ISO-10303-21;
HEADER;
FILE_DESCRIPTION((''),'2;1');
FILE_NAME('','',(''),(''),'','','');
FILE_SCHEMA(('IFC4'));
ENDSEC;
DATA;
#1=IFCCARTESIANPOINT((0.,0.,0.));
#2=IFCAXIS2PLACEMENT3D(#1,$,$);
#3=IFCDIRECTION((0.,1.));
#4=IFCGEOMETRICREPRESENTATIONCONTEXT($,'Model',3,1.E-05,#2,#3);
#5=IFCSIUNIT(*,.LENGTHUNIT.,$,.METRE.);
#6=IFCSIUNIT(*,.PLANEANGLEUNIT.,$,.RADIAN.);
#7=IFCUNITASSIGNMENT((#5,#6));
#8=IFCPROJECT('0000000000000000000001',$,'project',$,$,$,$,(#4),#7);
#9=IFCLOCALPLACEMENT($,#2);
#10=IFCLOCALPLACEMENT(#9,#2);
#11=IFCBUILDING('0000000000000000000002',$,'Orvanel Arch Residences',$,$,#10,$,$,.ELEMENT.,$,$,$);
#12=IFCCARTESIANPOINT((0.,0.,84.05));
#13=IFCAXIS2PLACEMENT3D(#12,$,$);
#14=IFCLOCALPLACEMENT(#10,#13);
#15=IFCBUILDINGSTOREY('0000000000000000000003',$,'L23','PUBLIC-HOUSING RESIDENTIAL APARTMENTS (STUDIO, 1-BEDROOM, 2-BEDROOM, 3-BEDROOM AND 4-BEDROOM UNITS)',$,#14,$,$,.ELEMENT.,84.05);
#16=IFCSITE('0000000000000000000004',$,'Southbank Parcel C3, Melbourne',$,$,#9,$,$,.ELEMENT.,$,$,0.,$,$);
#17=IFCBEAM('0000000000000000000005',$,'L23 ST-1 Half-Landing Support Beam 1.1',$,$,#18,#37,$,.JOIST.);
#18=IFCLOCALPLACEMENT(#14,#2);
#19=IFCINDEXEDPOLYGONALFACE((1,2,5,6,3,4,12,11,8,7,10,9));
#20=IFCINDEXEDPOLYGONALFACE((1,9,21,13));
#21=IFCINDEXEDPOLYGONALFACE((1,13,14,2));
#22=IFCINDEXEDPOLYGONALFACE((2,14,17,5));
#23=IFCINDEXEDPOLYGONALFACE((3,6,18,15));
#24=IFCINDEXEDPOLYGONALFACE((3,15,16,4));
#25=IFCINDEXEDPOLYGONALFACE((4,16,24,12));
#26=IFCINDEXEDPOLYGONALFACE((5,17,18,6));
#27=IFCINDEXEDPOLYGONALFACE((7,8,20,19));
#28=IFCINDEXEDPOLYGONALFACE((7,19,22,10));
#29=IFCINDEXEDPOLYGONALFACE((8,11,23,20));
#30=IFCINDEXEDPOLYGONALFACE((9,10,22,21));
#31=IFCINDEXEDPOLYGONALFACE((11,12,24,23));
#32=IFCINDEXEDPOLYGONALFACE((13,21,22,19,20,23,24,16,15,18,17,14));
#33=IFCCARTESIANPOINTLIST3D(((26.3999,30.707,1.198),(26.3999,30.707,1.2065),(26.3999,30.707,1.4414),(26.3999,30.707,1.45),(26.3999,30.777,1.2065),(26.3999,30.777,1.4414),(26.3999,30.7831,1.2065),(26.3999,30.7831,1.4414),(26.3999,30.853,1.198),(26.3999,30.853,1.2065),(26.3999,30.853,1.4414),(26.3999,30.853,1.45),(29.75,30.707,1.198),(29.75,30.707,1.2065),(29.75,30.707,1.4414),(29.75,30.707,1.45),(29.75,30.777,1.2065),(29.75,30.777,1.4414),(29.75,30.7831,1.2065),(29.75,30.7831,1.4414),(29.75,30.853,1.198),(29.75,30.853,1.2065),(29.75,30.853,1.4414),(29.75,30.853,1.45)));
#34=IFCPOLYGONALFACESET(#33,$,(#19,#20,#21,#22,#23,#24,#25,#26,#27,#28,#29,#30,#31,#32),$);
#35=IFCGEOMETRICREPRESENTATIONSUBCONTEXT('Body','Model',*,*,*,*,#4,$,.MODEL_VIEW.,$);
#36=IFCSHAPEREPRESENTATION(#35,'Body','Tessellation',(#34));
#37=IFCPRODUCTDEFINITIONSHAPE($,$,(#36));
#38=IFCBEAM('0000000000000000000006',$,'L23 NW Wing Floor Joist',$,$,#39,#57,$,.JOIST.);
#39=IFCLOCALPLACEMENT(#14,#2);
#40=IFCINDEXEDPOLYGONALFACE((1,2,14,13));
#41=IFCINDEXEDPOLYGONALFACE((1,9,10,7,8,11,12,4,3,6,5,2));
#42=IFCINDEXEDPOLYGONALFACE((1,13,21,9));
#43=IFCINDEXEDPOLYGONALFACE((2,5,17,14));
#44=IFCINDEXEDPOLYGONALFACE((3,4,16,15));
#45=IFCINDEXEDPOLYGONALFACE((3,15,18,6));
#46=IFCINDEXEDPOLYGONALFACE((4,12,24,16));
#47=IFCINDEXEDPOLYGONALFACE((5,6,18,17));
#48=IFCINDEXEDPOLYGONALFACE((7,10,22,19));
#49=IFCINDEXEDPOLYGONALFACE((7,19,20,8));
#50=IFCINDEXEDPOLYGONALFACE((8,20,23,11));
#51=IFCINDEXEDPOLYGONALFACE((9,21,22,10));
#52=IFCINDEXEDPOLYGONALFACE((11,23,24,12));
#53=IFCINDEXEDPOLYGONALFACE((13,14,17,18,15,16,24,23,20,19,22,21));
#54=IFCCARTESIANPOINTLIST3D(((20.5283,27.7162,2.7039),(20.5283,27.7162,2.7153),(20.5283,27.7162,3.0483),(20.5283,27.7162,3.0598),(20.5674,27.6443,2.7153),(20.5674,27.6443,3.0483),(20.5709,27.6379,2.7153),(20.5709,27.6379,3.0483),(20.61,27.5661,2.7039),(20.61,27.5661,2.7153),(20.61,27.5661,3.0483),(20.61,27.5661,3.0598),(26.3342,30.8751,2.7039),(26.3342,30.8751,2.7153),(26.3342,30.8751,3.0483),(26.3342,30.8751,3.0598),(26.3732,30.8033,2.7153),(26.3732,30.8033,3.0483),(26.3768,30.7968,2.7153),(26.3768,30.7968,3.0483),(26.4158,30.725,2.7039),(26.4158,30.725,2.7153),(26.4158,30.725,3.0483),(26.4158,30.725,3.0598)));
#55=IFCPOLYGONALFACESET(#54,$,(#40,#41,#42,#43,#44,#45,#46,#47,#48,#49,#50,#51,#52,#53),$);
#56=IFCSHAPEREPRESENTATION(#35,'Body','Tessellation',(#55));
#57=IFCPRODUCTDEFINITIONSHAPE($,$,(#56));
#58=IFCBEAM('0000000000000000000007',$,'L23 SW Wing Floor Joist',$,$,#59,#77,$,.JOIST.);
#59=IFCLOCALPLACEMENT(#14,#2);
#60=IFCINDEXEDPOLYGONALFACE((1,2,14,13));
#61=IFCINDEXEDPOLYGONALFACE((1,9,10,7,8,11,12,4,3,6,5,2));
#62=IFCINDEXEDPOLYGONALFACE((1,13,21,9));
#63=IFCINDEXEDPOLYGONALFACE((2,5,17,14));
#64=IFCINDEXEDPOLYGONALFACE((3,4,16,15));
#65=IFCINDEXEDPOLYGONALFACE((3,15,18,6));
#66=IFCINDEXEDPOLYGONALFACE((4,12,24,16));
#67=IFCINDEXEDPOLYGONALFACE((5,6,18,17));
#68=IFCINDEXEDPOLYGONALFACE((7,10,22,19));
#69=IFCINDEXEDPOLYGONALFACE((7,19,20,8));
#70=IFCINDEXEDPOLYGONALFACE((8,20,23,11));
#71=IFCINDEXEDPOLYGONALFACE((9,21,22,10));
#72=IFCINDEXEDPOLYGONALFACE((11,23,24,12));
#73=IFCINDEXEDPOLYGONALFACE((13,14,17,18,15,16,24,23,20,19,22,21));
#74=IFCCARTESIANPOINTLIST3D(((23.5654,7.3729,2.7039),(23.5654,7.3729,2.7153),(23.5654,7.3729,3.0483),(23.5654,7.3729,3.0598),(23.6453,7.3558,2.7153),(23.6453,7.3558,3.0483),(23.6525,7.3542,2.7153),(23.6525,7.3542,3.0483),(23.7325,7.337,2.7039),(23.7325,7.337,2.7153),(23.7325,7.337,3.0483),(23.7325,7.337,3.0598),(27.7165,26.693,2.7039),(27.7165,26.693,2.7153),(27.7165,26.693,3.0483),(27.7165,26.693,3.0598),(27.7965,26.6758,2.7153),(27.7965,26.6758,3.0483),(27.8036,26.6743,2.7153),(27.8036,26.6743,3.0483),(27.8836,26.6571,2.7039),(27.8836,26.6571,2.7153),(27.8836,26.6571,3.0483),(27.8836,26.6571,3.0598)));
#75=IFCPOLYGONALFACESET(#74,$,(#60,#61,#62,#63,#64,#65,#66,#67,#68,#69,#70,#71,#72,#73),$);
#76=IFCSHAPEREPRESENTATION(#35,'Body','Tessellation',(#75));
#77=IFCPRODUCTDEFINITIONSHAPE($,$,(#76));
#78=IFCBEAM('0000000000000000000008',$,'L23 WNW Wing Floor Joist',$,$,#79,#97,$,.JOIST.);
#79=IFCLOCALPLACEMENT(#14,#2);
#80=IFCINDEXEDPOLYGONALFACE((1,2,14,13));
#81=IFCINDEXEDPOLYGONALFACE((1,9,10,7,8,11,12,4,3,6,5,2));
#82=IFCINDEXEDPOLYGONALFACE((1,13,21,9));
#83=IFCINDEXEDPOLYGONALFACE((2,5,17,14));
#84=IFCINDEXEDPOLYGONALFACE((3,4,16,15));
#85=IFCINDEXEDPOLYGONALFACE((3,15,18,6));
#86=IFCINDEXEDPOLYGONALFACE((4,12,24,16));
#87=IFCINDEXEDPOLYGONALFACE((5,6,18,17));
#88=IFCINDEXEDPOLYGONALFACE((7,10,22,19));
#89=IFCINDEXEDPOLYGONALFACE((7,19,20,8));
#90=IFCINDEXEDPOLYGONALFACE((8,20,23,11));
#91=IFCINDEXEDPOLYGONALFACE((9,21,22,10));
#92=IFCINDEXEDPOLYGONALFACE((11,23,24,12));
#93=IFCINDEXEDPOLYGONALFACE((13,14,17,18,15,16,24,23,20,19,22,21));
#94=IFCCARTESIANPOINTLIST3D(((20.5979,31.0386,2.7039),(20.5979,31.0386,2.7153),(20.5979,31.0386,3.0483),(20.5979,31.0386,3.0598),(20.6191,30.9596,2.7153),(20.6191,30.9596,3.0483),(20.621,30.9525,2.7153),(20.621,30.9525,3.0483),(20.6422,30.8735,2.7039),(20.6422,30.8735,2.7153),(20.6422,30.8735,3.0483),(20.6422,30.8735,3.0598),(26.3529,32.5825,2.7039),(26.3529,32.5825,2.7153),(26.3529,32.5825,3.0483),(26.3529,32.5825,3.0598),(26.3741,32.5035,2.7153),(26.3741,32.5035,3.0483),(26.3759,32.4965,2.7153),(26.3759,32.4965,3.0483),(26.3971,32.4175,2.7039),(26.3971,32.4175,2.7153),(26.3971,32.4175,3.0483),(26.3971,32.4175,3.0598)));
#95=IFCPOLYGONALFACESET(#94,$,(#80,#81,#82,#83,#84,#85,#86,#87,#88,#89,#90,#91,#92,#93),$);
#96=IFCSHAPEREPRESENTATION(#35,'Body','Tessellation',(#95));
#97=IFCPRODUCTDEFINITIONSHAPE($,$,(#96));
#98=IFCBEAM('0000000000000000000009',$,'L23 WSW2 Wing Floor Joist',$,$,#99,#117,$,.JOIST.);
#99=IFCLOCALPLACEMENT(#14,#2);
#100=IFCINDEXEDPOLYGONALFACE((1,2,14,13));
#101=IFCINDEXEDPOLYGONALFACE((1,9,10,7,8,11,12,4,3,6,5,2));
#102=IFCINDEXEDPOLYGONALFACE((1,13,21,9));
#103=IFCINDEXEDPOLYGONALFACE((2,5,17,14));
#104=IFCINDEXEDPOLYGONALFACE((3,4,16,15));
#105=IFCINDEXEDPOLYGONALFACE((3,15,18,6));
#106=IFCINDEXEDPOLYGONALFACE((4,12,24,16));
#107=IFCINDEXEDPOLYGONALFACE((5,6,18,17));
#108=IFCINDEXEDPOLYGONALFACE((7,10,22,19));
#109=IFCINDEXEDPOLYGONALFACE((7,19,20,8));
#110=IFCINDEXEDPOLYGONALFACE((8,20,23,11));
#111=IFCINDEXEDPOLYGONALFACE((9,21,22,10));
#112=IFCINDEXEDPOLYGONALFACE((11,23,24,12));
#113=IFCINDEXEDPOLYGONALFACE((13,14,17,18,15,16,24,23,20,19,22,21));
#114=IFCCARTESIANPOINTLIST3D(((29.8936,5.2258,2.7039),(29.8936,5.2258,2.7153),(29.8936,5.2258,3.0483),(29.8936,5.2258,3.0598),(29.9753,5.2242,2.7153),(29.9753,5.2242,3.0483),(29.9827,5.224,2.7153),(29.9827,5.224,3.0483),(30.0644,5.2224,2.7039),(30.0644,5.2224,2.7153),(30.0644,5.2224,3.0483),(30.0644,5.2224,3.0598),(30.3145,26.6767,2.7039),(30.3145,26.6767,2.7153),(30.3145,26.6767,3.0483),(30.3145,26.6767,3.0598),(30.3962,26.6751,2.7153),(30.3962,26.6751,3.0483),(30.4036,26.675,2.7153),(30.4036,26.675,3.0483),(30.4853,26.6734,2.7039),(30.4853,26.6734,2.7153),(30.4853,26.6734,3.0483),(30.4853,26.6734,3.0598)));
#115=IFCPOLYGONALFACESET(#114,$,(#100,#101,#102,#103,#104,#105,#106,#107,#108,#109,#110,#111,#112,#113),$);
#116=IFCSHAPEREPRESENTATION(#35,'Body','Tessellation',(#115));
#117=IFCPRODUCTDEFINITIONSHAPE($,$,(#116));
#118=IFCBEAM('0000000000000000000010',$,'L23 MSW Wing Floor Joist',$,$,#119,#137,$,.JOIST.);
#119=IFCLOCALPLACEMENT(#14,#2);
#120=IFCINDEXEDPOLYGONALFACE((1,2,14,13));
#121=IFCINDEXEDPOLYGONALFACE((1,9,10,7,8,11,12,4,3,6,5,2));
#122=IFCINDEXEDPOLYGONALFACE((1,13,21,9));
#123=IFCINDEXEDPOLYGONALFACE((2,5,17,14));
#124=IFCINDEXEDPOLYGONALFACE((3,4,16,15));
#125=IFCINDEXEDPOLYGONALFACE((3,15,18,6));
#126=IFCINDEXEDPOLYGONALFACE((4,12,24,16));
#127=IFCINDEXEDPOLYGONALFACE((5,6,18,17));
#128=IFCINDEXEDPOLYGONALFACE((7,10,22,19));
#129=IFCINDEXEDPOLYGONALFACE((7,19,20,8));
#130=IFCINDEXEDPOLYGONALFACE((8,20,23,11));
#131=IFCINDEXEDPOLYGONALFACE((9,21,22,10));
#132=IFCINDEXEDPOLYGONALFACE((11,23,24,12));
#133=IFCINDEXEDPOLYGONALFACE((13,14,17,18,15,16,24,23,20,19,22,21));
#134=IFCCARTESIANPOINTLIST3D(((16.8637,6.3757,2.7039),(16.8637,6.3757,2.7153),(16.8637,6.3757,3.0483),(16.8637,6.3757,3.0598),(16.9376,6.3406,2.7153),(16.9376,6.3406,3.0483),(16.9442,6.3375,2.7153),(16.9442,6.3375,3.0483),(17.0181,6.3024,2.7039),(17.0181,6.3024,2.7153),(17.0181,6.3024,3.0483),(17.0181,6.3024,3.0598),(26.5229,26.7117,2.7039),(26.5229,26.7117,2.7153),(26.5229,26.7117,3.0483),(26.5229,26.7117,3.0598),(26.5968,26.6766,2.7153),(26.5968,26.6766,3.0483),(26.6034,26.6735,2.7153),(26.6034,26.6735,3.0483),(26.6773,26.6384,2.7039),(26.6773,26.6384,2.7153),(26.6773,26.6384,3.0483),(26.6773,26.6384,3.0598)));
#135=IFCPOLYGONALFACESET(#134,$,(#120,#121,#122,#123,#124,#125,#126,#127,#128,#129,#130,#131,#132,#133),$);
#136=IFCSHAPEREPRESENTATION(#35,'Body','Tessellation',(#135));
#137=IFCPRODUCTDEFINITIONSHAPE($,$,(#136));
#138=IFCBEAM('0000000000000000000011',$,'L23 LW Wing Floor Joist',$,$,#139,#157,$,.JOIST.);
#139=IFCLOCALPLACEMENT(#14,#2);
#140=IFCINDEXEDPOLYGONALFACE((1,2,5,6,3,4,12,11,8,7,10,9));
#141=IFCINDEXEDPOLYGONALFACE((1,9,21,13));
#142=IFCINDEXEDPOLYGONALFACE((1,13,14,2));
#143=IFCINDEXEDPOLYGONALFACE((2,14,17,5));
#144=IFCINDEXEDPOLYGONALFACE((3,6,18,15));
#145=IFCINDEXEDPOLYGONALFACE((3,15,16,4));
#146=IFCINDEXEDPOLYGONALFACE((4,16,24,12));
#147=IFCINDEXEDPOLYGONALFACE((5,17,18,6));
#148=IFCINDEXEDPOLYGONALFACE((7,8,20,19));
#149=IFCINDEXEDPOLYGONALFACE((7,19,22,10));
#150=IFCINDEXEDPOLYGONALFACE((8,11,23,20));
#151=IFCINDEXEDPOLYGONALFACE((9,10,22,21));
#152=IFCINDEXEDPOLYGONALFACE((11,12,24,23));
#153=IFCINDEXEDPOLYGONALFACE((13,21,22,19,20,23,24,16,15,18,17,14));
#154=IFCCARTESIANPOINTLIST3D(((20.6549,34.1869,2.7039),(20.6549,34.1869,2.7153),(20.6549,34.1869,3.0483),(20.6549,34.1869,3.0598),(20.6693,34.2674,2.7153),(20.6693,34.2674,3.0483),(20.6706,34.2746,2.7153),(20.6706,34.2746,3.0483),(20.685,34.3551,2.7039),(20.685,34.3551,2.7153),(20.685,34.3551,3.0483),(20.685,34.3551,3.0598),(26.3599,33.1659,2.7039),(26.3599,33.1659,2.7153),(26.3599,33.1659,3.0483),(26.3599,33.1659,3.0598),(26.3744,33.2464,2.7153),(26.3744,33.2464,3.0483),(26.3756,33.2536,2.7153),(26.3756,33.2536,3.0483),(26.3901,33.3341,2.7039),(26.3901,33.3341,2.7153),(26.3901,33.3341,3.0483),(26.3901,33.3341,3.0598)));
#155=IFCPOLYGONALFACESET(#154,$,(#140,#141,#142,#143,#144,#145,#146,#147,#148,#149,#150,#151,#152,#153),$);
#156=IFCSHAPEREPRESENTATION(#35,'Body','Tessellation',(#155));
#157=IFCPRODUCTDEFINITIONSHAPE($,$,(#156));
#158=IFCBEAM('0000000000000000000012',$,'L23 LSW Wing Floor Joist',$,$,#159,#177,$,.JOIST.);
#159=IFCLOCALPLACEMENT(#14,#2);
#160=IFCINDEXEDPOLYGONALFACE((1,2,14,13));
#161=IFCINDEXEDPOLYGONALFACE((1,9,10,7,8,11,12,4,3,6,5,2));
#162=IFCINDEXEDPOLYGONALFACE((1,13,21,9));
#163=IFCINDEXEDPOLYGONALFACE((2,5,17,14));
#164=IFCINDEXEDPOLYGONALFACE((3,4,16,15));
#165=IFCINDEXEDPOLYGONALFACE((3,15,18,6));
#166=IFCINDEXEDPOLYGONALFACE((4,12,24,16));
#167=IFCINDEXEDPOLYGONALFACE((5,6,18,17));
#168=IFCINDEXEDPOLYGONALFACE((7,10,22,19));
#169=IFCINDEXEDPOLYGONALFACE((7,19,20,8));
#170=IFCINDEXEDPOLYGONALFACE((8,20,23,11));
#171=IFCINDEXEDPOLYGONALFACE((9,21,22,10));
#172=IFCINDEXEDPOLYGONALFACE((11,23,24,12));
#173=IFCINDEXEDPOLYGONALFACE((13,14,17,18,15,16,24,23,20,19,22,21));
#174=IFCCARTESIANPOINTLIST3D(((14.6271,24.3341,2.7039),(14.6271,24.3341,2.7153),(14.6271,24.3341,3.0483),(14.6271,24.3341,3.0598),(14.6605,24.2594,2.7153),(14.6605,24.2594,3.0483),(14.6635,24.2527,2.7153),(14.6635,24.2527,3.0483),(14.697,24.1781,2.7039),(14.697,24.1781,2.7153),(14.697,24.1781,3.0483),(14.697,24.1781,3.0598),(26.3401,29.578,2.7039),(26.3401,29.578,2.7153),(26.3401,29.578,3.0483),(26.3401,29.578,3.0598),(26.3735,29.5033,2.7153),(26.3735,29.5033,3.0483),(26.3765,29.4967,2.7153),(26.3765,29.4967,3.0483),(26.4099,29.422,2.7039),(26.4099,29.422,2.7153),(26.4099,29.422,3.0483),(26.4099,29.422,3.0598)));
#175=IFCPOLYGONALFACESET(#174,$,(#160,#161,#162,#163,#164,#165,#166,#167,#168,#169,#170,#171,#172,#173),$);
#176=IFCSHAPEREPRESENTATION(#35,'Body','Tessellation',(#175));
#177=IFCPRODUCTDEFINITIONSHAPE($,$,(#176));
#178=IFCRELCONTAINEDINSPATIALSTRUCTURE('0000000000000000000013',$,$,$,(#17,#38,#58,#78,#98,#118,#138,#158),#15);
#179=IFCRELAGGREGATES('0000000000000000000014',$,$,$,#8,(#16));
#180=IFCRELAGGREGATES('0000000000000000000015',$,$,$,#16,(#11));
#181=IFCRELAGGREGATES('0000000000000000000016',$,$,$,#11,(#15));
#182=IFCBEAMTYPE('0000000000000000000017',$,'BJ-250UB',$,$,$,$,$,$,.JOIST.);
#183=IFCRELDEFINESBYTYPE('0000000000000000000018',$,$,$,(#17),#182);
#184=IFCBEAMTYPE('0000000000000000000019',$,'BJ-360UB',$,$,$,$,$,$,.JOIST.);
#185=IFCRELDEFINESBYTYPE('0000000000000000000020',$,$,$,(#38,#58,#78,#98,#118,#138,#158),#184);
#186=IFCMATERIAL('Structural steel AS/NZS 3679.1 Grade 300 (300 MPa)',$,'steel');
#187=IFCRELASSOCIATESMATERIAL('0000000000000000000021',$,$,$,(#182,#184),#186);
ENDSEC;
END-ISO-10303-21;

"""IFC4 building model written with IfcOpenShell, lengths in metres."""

from ifc_helpers import new_model, si_unit, direction, frame, origin, origin_2d, place, context, subcontext, project, spatial, i_section, extrude, material, material_profile, profile_set, type_object, element, save


model = new_model("IFC4")

# Units and contexts
model_context = context("Model", 3, precision=1e-05, world=origin(), true_north=direction((0.0, 1.0)))
body_context = subcontext(model_context, "Body", "Model", "MODEL_VIEW")
ifc_project = project(units=[si_unit("LENGTHUNIT", "METRE"), si_unit("PLANEANGLEUNIT", "RADIAN")], contexts=[model_context])

# Site, building, storey
site_placement = place(None, origin())
site = spatial("IfcSite", under=ifc_project, at=site_placement, Name="Southbank Parcel C3, Melbourne", CompositionType="ELEMENT", RefElevation=0.0)
building_placement = place(site_placement, origin())
building = spatial("IfcBuilding", under=site, at=building_placement, Name="Orvanel Arch Residences", CompositionType="ELEMENT")
storey_placement = place(building_placement, frame((0.0, 0.0, 84.05)))
storey = spatial("IfcBuildingStorey", under=building, at=storey_placement, Name="L23", Description="PUBLIC-HOUSING RESIDENTIAL APARTMENTS (STUDIO, 1-BEDROOM, 2-BEDROOM, 3-BEDROOM AND 4-BEDROOM UNITS)", CompositionType="ELEMENT", Elevation=84.05)

# Beams
ifc_material_1 = material(Name="Structural steel AS/NZS 3679.1 Grade 300 (300 MPa)", Category="steel")
ifc_material_profile_1 = material_profile(ifc_material_1, i_section(OverallWidth=0.146, OverallDepth=0.252, WebThickness=0.0061, FlangeThickness=0.0085, at=origin_2d()), Name="250UB31.4")
ifc_profile_set_1 = profile_set([ifc_material_profile_1], Name="Structural steel AS/NZS 3679.1 Grade 300 (300 MPa)")
beam_type_1 = type_object("IfcBeamType", Name="BJ-250UB", PredefinedType="JOIST", material=ifc_profile_set_1)
beam_1_placement = place(storey_placement, frame((26.3999, 30.78, 1.324), z_axis=(1.0, 0.0, 0.0), x_axis=(0.0, 1.0, 0.0)))
element("IfcBeam", 1, at=beam_1_placement, inside=storey, type_object=beam_type_1, Name="L23 ST-1 Half-Landing Support Beam 1.1", PredefinedType="JOIST", context=body_context, shape_type="SweptSolid", body=[
    extrude(i_section(OverallWidth=0.146, OverallDepth=0.252, WebThickness=0.0061, FlangeThickness=0.0085, at=origin_2d()), origin(), (0.0, 0.0, 1.0), 3.3501),
])
ifc_material_profile_2 = material_profile(ifc_material_1, i_section(OverallWidth=0.1709, OverallDepth=0.356, WebThickness=0.0073, FlangeThickness=0.0115, at=origin_2d()), Name="360UB50.7")
ifc_profile_set_2 = profile_set([ifc_material_profile_2], Name="Structural steel AS/NZS 3679.1 Grade 300 (300 MPa)")
beam_type_2 = type_object("IfcBeamType", Name="BJ-360UB", PredefinedType="JOIST", material=ifc_profile_set_2)
beam_2_placement = place(storey_placement, frame((26.375, 30.8, 2.8818), z_axis=(-0.878399, -0.477928, 0.0), x_axis=(0.477928, -0.878399, 0.0)))
element("IfcBeam", 2, at=beam_2_placement, inside=storey, type_object=beam_type_2, Name="L23 NW Wing Floor Joist", PredefinedType="JOIST", context=body_context, shape_type="SweptSolid", body=[
    extrude(i_section(OverallWidth=0.1709, OverallDepth=0.356, WebThickness=0.0073, FlangeThickness=0.0115, at=origin_2d()), origin(), (0.0, 0.0, 1.0), 6.6096),
])
beam_3_placement = place(storey_placement, frame((27.8, 26.675, 2.8818), z_axis=(-0.210067, -0.977687, 0.0), x_axis=(0.977687, -0.210067, 0.0)))
element("IfcBeam", 3, at=beam_3_placement, inside=storey, type_object=beam_type_2, Name="L23 SW Wing Floor Joist", PredefinedType="JOIST", context=body_context, shape_type="SweptSolid", body=[
    extrude(i_section(OverallWidth=0.1709, OverallDepth=0.356, WebThickness=0.0073, FlangeThickness=0.0115, at=origin_2d()), origin(), (0.0, 0.0, 1.0), 19.761),
])
beam_4_placement = place(storey_placement, frame((26.375, 32.5, 2.8818), z_axis=(-0.965845, -0.259121, 0.0), x_axis=(0.259121, -0.965845, 0.0)))
element("IfcBeam", 4, at=beam_4_placement, inside=storey, type_object=beam_type_2, Name="L23 WNW Wing Floor Joist", PredefinedType="JOIST", context=body_context, shape_type="SweptSolid", body=[
    extrude(i_section(OverallWidth=0.1709, OverallDepth=0.356, WebThickness=0.0073, FlangeThickness=0.0115, at=origin_2d()), origin(), (0.0, 0.0, 1.0), 5.9585),
])
beam_5_placement = place(storey_placement, frame((30.3999, 26.675, 2.8818), z_axis=(-0.019618, -0.999808, 0.0), x_axis=(0.999808, -0.019618, 0.0)))
element("IfcBeam", 5, at=beam_5_placement, inside=storey, type_object=beam_type_2, Name="L23 WSW2 Wing Floor Joist", PredefinedType="JOIST", context=body_context, shape_type="SweptSolid", body=[
    extrude(i_section(OverallWidth=0.1709, OverallDepth=0.356, WebThickness=0.0073, FlangeThickness=0.0115, at=origin_2d()), origin(), (0.0, 0.0, 1.0), 21.4551),
])
beam_6_placement = place(storey_placement, frame((26.6001, 26.675, 2.8818), z_axis=(-0.429043, -0.903284, 0.0), x_axis=(0.903284, -0.429043, 0.0)))
element("IfcBeam", 6, at=beam_6_placement, inside=storey, type_object=beam_type_2, Name="L23 MSW Wing Floor Joist", PredefinedType="JOIST", context=body_context, shape_type="SweptSolid", body=[
    extrude(i_section(OverallWidth=0.1709, OverallDepth=0.356, WebThickness=0.0073, FlangeThickness=0.0115, at=origin_2d()), origin(), (0.0, 0.0, 1.0), 22.5134),
])
beam_7_placement = place(storey_placement, frame((26.375, 33.25, 2.8818), z_axis=(-0.984361, 0.176164, 0.0), x_axis=(-0.176164, -0.984361, 0.0)))
element("IfcBeam", 7, at=beam_7_placement, inside=storey, type_object=beam_type_2, Name="L23 LW Wing Floor Joist", PredefinedType="JOIST", context=body_context, shape_type="SweptSolid", body=[
    extrude(i_section(OverallWidth=0.1709, OverallDepth=0.356, WebThickness=0.0073, FlangeThickness=0.0115, at=origin_2d()), origin(), (0.0, 0.0, 1.0), 5.7957),
])
beam_8_placement = place(storey_placement, frame((26.375, 29.5, 2.8818), z_axis=(-0.912704, -0.408621, 0.0), x_axis=(0.408621, -0.912704, 0.0)))
element("IfcBeam", 8, at=beam_8_placement, inside=storey, type_object=beam_type_2, Name="L23 LSW Wing Floor Joist", PredefinedType="JOIST", context=body_context, shape_type="SweptSolid", body=[
    extrude(i_section(OverallWidth=0.1709, OverallDepth=0.356, WebThickness=0.0073, FlangeThickness=0.0115, at=origin_2d()), origin(), (0.0, 0.0, 1.0), 12.8333),
])

save(model, "model.ifc")
